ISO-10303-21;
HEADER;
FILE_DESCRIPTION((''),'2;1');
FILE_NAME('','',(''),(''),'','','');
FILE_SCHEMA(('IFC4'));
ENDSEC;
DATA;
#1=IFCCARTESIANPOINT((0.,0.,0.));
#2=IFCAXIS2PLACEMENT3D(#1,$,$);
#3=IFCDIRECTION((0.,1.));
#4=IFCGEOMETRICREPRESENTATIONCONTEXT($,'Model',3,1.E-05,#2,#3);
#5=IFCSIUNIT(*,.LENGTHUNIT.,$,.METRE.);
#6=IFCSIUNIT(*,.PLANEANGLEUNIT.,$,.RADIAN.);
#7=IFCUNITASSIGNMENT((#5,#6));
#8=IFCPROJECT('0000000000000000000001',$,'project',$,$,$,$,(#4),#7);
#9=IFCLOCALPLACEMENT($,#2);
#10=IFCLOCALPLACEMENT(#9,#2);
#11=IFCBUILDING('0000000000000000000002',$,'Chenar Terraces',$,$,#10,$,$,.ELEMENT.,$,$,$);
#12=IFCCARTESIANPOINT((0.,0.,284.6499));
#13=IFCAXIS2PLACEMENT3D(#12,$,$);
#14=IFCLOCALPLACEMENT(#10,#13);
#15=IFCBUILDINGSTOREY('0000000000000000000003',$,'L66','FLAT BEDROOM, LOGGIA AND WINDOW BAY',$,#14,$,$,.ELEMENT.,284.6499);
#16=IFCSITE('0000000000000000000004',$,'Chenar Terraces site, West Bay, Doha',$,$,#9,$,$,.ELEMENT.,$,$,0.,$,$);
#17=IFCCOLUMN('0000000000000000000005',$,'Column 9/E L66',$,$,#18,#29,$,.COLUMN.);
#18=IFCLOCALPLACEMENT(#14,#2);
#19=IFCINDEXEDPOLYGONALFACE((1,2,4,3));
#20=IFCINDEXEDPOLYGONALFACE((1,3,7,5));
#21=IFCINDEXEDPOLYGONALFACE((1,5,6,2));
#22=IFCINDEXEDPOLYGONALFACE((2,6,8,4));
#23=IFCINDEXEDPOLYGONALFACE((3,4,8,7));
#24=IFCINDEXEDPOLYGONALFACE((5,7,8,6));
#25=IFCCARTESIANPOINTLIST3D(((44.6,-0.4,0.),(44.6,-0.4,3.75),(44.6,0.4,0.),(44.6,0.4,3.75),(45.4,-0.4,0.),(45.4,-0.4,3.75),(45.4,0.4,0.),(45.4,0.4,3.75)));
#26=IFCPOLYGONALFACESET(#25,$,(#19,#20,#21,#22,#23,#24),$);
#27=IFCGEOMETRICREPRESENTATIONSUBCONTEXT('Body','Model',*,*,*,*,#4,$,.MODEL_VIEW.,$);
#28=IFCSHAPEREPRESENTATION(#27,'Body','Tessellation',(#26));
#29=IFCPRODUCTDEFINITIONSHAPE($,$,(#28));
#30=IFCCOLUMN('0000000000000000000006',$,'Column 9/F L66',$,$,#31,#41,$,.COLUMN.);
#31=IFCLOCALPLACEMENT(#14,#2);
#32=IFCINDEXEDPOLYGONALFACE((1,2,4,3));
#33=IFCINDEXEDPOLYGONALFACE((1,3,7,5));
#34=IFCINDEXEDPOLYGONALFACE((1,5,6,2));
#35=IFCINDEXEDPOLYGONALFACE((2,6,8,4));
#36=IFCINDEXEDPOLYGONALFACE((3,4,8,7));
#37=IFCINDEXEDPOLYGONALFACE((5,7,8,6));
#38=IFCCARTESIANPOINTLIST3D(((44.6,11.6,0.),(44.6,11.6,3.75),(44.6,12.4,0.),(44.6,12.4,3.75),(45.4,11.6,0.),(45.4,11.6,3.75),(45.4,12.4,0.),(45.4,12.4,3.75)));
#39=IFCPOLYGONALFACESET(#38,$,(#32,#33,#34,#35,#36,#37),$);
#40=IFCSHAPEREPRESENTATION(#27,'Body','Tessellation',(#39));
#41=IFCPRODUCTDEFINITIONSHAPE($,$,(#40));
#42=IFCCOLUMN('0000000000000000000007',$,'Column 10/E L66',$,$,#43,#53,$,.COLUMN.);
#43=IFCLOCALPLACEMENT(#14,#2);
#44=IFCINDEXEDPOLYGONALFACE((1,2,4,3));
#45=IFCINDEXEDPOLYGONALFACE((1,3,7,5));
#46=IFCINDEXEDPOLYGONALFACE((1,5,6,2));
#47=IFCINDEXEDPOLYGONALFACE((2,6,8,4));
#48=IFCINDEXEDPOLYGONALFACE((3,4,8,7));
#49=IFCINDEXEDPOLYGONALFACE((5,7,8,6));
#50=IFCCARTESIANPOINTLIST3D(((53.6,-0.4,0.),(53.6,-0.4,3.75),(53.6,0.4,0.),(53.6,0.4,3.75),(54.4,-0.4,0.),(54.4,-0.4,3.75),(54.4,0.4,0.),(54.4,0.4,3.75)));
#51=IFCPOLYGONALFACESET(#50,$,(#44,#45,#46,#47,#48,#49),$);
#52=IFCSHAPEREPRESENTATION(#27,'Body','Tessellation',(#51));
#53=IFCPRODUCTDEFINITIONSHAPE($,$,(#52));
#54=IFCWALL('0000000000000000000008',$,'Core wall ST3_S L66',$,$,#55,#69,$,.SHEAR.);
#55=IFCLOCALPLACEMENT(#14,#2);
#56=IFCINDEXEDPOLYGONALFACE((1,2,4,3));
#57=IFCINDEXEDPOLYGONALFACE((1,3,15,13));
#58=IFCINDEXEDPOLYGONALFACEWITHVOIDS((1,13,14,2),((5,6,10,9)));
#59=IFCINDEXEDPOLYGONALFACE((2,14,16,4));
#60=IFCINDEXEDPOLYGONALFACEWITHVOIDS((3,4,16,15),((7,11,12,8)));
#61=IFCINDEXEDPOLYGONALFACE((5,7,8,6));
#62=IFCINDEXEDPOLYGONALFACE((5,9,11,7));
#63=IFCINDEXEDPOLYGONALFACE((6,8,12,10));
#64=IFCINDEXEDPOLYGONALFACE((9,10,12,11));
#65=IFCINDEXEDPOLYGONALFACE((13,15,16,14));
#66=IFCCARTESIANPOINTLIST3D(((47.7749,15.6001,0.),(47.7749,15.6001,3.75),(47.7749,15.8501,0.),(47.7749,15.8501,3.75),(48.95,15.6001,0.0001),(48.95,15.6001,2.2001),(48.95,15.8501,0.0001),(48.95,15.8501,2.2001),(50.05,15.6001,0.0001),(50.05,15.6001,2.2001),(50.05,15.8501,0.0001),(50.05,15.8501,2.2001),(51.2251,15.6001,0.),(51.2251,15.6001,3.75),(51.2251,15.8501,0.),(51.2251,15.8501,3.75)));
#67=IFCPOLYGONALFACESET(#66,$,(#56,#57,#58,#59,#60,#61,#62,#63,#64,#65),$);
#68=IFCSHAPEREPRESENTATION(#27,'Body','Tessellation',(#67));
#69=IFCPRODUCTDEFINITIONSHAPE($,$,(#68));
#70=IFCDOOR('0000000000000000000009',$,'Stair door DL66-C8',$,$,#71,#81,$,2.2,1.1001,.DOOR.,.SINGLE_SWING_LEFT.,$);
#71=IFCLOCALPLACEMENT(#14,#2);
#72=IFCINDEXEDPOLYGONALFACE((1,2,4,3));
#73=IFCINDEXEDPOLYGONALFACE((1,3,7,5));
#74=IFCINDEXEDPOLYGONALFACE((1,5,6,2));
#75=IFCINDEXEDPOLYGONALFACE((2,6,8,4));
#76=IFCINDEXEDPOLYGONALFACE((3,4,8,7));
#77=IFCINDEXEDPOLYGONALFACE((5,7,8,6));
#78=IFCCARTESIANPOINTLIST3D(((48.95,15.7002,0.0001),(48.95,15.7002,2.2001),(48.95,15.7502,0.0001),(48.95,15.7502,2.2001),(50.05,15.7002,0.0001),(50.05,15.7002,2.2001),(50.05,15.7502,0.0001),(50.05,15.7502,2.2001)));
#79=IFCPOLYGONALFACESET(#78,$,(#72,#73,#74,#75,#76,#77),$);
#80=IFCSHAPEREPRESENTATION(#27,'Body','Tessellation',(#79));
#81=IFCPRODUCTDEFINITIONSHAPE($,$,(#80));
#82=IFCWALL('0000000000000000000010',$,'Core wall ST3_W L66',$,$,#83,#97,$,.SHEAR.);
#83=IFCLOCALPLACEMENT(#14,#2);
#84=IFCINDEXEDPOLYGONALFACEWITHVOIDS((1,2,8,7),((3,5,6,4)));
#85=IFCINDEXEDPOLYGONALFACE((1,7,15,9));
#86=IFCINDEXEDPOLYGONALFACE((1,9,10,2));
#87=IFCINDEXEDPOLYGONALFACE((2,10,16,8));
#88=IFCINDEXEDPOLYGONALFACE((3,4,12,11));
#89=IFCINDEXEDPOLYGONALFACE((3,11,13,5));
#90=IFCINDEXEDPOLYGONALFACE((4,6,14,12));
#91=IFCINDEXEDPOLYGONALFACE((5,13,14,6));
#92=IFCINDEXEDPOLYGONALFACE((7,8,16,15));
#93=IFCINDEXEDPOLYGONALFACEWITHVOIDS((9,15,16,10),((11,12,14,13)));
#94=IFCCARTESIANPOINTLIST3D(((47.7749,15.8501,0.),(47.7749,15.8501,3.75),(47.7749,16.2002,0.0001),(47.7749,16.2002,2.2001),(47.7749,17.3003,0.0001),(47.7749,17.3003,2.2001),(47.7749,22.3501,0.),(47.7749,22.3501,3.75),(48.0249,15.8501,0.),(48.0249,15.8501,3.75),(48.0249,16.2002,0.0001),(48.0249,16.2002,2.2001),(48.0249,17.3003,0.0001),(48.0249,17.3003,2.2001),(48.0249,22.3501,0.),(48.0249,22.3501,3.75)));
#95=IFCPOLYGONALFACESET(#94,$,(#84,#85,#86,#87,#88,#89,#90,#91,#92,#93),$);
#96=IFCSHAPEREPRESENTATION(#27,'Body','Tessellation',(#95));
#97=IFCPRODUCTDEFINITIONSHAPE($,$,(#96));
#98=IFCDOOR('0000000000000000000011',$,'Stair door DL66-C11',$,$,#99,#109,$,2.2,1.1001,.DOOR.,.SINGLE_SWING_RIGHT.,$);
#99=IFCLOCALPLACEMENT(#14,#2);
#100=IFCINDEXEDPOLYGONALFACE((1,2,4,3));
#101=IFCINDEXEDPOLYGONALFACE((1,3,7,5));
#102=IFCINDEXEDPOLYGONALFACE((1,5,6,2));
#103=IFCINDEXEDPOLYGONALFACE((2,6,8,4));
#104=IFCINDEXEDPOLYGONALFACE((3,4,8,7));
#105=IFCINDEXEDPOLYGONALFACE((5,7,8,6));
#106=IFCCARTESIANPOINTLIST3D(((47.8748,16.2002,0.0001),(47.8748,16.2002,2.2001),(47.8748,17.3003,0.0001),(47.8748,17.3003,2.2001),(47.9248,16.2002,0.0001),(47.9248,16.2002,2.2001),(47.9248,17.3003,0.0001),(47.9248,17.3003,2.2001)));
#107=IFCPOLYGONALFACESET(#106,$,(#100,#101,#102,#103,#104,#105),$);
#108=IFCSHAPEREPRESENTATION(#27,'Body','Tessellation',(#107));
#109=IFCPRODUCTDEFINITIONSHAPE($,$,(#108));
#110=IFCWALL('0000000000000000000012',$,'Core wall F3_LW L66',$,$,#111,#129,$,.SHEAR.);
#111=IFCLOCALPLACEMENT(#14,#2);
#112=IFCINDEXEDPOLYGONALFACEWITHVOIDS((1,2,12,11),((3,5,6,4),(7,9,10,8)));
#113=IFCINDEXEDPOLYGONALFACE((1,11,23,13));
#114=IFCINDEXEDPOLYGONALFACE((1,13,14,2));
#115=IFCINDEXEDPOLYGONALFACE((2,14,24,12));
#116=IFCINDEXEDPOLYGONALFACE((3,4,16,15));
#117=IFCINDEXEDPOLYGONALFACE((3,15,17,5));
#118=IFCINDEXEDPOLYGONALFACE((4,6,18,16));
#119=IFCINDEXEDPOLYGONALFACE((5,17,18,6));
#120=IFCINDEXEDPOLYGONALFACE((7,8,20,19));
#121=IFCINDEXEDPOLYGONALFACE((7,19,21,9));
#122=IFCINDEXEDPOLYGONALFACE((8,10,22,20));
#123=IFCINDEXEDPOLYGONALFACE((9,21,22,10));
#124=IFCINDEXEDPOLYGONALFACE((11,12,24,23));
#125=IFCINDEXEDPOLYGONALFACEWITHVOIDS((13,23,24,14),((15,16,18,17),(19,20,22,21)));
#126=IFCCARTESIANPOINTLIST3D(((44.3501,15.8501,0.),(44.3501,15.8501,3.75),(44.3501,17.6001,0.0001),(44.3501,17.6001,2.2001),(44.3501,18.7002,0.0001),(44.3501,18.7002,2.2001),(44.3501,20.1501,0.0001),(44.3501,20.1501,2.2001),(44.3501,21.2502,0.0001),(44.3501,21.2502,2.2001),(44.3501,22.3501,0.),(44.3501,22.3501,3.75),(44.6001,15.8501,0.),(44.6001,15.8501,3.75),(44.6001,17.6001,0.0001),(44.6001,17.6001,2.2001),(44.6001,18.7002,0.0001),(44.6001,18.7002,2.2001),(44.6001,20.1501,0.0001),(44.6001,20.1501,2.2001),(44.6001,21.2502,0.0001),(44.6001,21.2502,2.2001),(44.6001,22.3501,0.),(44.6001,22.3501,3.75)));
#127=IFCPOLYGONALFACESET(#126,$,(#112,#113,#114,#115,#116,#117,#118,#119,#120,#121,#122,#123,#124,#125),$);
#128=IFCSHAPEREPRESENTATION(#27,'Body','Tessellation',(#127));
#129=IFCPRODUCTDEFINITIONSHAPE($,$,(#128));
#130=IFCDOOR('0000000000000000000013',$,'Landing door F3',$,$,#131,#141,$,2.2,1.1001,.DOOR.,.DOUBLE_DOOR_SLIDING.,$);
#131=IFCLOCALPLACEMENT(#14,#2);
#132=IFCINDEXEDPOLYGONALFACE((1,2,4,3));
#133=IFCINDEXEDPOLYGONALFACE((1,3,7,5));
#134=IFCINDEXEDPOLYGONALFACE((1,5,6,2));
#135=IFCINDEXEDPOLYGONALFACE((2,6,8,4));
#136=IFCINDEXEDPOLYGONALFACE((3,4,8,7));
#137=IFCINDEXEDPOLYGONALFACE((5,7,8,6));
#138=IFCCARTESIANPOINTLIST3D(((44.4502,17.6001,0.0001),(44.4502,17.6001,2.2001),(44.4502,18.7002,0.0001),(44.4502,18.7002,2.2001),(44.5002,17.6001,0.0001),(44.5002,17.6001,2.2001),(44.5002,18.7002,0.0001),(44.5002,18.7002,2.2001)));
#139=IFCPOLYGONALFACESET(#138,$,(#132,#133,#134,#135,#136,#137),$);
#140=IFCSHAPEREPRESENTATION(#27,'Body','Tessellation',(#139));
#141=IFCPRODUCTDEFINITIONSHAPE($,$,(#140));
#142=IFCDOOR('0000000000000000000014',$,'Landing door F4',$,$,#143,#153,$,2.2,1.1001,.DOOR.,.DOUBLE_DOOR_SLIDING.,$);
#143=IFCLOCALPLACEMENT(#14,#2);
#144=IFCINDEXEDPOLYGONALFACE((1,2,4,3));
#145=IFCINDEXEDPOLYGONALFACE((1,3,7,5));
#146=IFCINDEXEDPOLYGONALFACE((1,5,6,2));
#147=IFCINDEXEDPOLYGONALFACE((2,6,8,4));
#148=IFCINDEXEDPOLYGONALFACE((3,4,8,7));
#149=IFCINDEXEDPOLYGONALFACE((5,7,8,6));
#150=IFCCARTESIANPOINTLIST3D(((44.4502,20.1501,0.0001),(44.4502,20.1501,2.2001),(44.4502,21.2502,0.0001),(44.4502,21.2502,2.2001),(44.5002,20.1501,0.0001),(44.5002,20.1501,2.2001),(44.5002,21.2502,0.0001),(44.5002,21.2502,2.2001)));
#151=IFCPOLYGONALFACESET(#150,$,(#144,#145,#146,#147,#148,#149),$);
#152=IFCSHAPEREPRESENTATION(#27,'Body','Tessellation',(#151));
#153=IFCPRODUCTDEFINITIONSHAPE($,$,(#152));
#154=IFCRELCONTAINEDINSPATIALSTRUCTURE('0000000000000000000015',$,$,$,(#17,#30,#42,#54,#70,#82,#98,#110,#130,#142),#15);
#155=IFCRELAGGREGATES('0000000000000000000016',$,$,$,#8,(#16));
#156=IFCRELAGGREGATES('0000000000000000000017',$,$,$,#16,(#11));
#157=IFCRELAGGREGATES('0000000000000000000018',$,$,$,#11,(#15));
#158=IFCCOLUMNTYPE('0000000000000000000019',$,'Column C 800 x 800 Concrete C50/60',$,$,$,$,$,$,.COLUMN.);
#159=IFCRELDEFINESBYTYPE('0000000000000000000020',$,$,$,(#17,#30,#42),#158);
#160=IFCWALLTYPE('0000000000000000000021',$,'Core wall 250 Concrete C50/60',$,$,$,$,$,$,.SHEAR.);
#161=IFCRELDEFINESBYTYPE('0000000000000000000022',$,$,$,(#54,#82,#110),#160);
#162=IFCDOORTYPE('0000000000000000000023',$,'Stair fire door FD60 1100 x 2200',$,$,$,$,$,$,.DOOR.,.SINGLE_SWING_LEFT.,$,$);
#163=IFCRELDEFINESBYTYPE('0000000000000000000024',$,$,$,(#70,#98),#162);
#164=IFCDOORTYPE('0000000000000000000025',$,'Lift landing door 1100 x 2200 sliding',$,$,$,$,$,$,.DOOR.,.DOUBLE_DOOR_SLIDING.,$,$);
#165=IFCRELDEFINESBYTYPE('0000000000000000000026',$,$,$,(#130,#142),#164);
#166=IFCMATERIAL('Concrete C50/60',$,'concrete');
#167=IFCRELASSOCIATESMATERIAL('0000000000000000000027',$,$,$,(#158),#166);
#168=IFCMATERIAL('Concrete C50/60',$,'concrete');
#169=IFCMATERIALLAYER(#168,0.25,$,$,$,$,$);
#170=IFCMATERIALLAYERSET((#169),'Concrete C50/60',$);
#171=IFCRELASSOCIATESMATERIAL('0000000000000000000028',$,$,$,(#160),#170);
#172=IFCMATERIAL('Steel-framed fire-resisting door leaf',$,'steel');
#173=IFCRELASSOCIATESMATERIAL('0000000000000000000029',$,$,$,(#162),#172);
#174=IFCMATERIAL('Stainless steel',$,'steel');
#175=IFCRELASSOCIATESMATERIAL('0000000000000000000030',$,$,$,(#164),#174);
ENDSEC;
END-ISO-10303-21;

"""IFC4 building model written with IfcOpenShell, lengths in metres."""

from ifc_helpers import new_model, si_unit, direction, frame, frame_2d, origin, origin_2d, place, context, subcontext, project, spatial, rectangle, extrude, material, layer, layer_set, material_profile, profile_set, type_object, element, fill, save


model = new_model("IFC4")

# Units and contexts
model_context = context("Model", 3, precision=1e-05, world=origin(), true_north=direction((0.0, 1.0)))
body_context = subcontext(model_context, "Body", "Model", "MODEL_VIEW")
ifc_project = project(units=[si_unit("LENGTHUNIT", "METRE"), si_unit("PLANEANGLEUNIT", "RADIAN")], contexts=[model_context])

# Site, building, storey
site_placement = place(None, origin())
site = spatial("IfcSite", under=ifc_project, at=site_placement, Name="Chenar Terraces site, West Bay, Doha", CompositionType="ELEMENT", RefElevation=0.0)
building_placement = place(site_placement, origin())
building = spatial("IfcBuilding", under=site, at=building_placement, Name="Chenar Terraces", CompositionType="ELEMENT")
storey_placement = place(building_placement, frame((0.0, 0.0, 284.6499)))
storey = spatial("IfcBuildingStorey", under=building, at=storey_placement, Name="L66", Description="FLAT BEDROOM, LOGGIA AND WINDOW BAY", CompositionType="ELEMENT", Elevation=284.6499)

# Columns
ifc_material_1 = material(Name="Concrete C50/60", Category="concrete")
ifc_material_profile = material_profile(ifc_material_1, rectangle(XDim=0.8, YDim=0.8, at=origin_2d()), Name="C 800 x 800")
ifc_profile_set = profile_set([ifc_material_profile], Name="Concrete C50/60")
column_type = type_object("IfcColumnType", Name="Column C 800 x 800 Concrete C50/60", PredefinedType="COLUMN", material=ifc_profile_set)
for number, where, z_axis, x_axis, name in (
    (1, (45.0, 0.0, 0.0), (0.0, 0.0, 1.0), (1.0, 0.0, 0.0), "Column 9/E L66"),
    (2, (45.0, 12.0, 0.0), (0.0, 0.0, 1.0), (1.0, 0.0, 0.0), "Column 9/F L66"),
    (3, (54.0, 0.0, 0.0), (0.0, 0.0, 1.0), (1.0, 0.0, 0.0), "Column 10/E L66"),
):
    element("IfcColumn", number, at=place(storey_placement, frame(where, z_axis=z_axis, x_axis=x_axis)), inside=storey, type_object=column_type, Name=name, PredefinedType="COLUMN", context=body_context, shape_type="SweptSolid", body=[
        extrude(rectangle(XDim=0.8, YDim=0.8, at=origin_2d()), origin(), (0.0, 0.0, 1.0), 3.75),
    ])

# Walls, openings, doors
ifc_material_2 = material(Name="Concrete C50/60", Category="concrete")
ifc_layer_1 = layer(ifc_material_2, 0.25)
ifc_layer_set_1 = layer_set([ifc_layer_1], Name="Concrete C50/60")
wall_type_1 = type_object("IfcWallType", Name="Core wall 250 Concrete C50/60", PredefinedType="SHEAR", material=ifc_layer_set_1)
wall_1_placement = place(storey_placement, frame((47.7749, 15.7251, 0.0), z_axis=(0.0, 0.0, 1.0), x_axis=(1.0, 0.0, 0.0)))
wall_1 = element("IfcWall", 4, at=wall_1_placement, inside=storey, type_object=wall_type_1, Name="Core wall ST3_S L66", PredefinedType="SHEAR", context=body_context, shape_type="SweptSolid", body=[
    extrude(rectangle(XDim=3.4502, YDim=0.25, at=frame_2d((1.7251, 0.0))), origin(), (0.0, 0.0, 1.0), 3.75),
])
opening_1_placement = place(wall_1_placement, frame((1.175, 0.0, 0.0)))
opening_1 = element("IfcOpeningElement", 5, at=opening_1_placement, cuts=wall_1, PredefinedType="OPENING", context=body_context, shape_type="SweptSolid", body=[
    extrude(rectangle(XDim=1.1001, YDim=2.2, at=frame_2d((0.55, 1.1001))), frame((0.0, 0.135, 0.0), z_axis=(0.0, -1.0, 0.0), x_axis=(1.0, 0.0, 0.0)), (0.0, 0.0, 1.0), 0.27),
])
ifc_material_3 = material(Name="Steel-framed fire-resisting door leaf", Category="steel")
door_type_1 = type_object("IfcDoorType", Name="Stair fire door FD60 1100 x 2200", OperationType="SINGLE_SWING_LEFT", PredefinedType="DOOR", material=ifc_material_3)
door_1_placement = place(opening_1_placement, frame((1.1001, 0.0, 0.0), z_axis=(0.0, 0.0, 1.0), x_axis=(-1.0, 0.0, 0.0)))
door_1 = element("IfcDoor", 6, at=door_1_placement, inside=storey, type_object=door_type_1, Name="Stair door DL66-C8", OperationType="SINGLE_SWING_LEFT", OverallHeight=2.2, OverallWidth=1.1001, PredefinedType="DOOR", context=body_context, shape_type="SweptSolid", body=[
    extrude(rectangle(XDim=1.1001, YDim=2.2, at=frame_2d((0.55, 1.1001))), frame((0.0, 0.0249, 0.0), z_axis=(0.0, -1.0, 0.0), x_axis=(1.0, 0.0, 0.0)), (0.0, 0.0, 1.0), 0.05),
])
fill(opening_1, door_1)
wall_2_placement = place(storey_placement, frame((47.8999, 15.8501, 0.0), z_axis=(0.0, 0.0, 1.0), x_axis=(0.0, 1.0, 0.0)))
wall_2 = element("IfcWall", 7, at=wall_2_placement, inside=storey, type_object=wall_type_1, Name="Core wall ST3_W L66", PredefinedType="SHEAR", context=body_context, shape_type="SweptSolid", body=[
    extrude(rectangle(XDim=6.5, YDim=0.25, at=frame_2d((3.25, 0.0))), origin(), (0.0, 0.0, 1.0), 3.75),
])
opening_2_placement = place(wall_2_placement, frame((0.3501, 0.0, 0.0)))
opening_2 = element("IfcOpeningElement", 8, at=opening_2_placement, cuts=wall_2, PredefinedType="OPENING", context=body_context, shape_type="SweptSolid", body=[
    extrude(rectangle(XDim=1.1001, YDim=2.2, at=frame_2d((0.55, 1.1001))), frame((0.0, 0.135, 0.0), z_axis=(0.0, -1.0, 0.0), x_axis=(1.0, 0.0, 0.0)), (0.0, 0.0, 1.0), 0.27),
])
door_2_placement = place(opening_2_placement, frame((1.1001, 0.0, 0.0), z_axis=(0.0, 0.0, 1.0), x_axis=(-1.0, 0.0, 0.0)))
door_2 = element("IfcDoor", 9, at=door_2_placement, inside=storey, type_object=door_type_1, Name="Stair door DL66-C11", OperationType="SINGLE_SWING_RIGHT", OverallHeight=2.2, OverallWidth=1.1001, PredefinedType="DOOR", context=body_context, shape_type="SweptSolid", body=[
    extrude(rectangle(XDim=1.1001, YDim=2.2, at=frame_2d((0.55, 1.1001))), frame((0.0, 0.0249, 0.0), z_axis=(0.0, -1.0, 0.0), x_axis=(1.0, 0.0, 0.0)), (0.0, 0.0, 1.0), 0.05),
])
fill(opening_2, door_2)

# Wall, openings, doors
wall_3_placement = place(storey_placement, frame((44.4751, 15.8501, 0.0), z_axis=(0.0, 0.0, 1.0), x_axis=(0.0, 1.0, 0.0)))
wall_3 = element("IfcWall", 10, at=wall_3_placement, inside=storey, type_object=wall_type_1, Name="Core wall F3_LW L66", PredefinedType="SHEAR", context=body_context, shape_type="SweptSolid", body=[
    extrude(rectangle(XDim=6.5, YDim=0.25, at=frame_2d((3.25, 0.0))), origin(), (0.0, 0.0, 1.0), 3.75),
])
opening_3_placement = place(wall_3_placement, frame((1.75, 0.0, 0.0)))
opening_3 = element("IfcOpeningElement", 11, at=opening_3_placement, cuts=wall_3, PredefinedType="OPENING", context=body_context, shape_type="SweptSolid", body=[
    extrude(rectangle(XDim=1.1001, YDim=2.2, at=frame_2d((0.55, 1.1001))), frame((0.0, 0.135, 0.0), z_axis=(0.0, -1.0, 0.0), x_axis=(1.0, 0.0, 0.0)), (0.0, 0.0, 1.0), 0.27),
])
opening_4_placement = place(wall_3_placement, frame((4.3, 0.0, 0.0)))
opening_4 = element("IfcOpeningElement", 12, at=opening_4_placement, cuts=wall_3, PredefinedType="OPENING", context=body_context, shape_type="SweptSolid", body=[
    extrude(rectangle(XDim=1.1001, YDim=2.2, at=frame_2d((0.55, 1.1001))), frame((0.0, 0.135, 0.0), z_axis=(0.0, -1.0, 0.0), x_axis=(1.0, 0.0, 0.0)), (0.0, 0.0, 1.0), 0.27),
])
ifc_material_4 = material(Name="Stainless steel", Category="steel")
door_type_2 = type_object("IfcDoorType", Name="Lift landing door 1100 x 2200 sliding", OperationType="DOUBLE_DOOR_SLIDING", PredefinedType="DOOR", material=ifc_material_4)
door_3_placement = place(opening_3_placement, origin())
door_3 = element("IfcDoor", 13, at=door_3_placement, inside=storey, type_object=door_type_2, Name="Landing door F3", OperationType="DOUBLE_DOOR_SLIDING", OverallHeight=2.2, OverallWidth=1.1001, PredefinedType="DOOR", context=body_context, shape_type="SweptSolid", body=[
    extrude(rectangle(XDim=1.1001, YDim=2.2, at=frame_2d((0.55, 1.1001))), frame((0.0, 0.0249, 0.0), z_axis=(0.0, -1.0, 0.0), x_axis=(1.0, 0.0, 0.0)), (0.0, 0.0, 1.0), 0.05),
])
fill(opening_3, door_3)
door_4_placement = place(opening_4_placement, origin())
door_4 = element("IfcDoor", 14, at=door_4_placement, inside=storey, type_object=door_type_2, Name="Landing door F4", OperationType="DOUBLE_DOOR_SLIDING", OverallHeight=2.2, OverallWidth=1.1001, PredefinedType="DOOR", context=body_context, shape_type="SweptSolid", body=[
    extrude(rectangle(XDim=1.1001, YDim=2.2, at=frame_2d((0.55, 1.1001))), frame((0.0, 0.0249, 0.0), z_axis=(0.0, -1.0, 0.0), x_axis=(1.0, 0.0, 0.0)), (0.0, 0.0, 1.0), 0.05),
])
fill(opening_4, door_4)

save(model, "model.ifc")
